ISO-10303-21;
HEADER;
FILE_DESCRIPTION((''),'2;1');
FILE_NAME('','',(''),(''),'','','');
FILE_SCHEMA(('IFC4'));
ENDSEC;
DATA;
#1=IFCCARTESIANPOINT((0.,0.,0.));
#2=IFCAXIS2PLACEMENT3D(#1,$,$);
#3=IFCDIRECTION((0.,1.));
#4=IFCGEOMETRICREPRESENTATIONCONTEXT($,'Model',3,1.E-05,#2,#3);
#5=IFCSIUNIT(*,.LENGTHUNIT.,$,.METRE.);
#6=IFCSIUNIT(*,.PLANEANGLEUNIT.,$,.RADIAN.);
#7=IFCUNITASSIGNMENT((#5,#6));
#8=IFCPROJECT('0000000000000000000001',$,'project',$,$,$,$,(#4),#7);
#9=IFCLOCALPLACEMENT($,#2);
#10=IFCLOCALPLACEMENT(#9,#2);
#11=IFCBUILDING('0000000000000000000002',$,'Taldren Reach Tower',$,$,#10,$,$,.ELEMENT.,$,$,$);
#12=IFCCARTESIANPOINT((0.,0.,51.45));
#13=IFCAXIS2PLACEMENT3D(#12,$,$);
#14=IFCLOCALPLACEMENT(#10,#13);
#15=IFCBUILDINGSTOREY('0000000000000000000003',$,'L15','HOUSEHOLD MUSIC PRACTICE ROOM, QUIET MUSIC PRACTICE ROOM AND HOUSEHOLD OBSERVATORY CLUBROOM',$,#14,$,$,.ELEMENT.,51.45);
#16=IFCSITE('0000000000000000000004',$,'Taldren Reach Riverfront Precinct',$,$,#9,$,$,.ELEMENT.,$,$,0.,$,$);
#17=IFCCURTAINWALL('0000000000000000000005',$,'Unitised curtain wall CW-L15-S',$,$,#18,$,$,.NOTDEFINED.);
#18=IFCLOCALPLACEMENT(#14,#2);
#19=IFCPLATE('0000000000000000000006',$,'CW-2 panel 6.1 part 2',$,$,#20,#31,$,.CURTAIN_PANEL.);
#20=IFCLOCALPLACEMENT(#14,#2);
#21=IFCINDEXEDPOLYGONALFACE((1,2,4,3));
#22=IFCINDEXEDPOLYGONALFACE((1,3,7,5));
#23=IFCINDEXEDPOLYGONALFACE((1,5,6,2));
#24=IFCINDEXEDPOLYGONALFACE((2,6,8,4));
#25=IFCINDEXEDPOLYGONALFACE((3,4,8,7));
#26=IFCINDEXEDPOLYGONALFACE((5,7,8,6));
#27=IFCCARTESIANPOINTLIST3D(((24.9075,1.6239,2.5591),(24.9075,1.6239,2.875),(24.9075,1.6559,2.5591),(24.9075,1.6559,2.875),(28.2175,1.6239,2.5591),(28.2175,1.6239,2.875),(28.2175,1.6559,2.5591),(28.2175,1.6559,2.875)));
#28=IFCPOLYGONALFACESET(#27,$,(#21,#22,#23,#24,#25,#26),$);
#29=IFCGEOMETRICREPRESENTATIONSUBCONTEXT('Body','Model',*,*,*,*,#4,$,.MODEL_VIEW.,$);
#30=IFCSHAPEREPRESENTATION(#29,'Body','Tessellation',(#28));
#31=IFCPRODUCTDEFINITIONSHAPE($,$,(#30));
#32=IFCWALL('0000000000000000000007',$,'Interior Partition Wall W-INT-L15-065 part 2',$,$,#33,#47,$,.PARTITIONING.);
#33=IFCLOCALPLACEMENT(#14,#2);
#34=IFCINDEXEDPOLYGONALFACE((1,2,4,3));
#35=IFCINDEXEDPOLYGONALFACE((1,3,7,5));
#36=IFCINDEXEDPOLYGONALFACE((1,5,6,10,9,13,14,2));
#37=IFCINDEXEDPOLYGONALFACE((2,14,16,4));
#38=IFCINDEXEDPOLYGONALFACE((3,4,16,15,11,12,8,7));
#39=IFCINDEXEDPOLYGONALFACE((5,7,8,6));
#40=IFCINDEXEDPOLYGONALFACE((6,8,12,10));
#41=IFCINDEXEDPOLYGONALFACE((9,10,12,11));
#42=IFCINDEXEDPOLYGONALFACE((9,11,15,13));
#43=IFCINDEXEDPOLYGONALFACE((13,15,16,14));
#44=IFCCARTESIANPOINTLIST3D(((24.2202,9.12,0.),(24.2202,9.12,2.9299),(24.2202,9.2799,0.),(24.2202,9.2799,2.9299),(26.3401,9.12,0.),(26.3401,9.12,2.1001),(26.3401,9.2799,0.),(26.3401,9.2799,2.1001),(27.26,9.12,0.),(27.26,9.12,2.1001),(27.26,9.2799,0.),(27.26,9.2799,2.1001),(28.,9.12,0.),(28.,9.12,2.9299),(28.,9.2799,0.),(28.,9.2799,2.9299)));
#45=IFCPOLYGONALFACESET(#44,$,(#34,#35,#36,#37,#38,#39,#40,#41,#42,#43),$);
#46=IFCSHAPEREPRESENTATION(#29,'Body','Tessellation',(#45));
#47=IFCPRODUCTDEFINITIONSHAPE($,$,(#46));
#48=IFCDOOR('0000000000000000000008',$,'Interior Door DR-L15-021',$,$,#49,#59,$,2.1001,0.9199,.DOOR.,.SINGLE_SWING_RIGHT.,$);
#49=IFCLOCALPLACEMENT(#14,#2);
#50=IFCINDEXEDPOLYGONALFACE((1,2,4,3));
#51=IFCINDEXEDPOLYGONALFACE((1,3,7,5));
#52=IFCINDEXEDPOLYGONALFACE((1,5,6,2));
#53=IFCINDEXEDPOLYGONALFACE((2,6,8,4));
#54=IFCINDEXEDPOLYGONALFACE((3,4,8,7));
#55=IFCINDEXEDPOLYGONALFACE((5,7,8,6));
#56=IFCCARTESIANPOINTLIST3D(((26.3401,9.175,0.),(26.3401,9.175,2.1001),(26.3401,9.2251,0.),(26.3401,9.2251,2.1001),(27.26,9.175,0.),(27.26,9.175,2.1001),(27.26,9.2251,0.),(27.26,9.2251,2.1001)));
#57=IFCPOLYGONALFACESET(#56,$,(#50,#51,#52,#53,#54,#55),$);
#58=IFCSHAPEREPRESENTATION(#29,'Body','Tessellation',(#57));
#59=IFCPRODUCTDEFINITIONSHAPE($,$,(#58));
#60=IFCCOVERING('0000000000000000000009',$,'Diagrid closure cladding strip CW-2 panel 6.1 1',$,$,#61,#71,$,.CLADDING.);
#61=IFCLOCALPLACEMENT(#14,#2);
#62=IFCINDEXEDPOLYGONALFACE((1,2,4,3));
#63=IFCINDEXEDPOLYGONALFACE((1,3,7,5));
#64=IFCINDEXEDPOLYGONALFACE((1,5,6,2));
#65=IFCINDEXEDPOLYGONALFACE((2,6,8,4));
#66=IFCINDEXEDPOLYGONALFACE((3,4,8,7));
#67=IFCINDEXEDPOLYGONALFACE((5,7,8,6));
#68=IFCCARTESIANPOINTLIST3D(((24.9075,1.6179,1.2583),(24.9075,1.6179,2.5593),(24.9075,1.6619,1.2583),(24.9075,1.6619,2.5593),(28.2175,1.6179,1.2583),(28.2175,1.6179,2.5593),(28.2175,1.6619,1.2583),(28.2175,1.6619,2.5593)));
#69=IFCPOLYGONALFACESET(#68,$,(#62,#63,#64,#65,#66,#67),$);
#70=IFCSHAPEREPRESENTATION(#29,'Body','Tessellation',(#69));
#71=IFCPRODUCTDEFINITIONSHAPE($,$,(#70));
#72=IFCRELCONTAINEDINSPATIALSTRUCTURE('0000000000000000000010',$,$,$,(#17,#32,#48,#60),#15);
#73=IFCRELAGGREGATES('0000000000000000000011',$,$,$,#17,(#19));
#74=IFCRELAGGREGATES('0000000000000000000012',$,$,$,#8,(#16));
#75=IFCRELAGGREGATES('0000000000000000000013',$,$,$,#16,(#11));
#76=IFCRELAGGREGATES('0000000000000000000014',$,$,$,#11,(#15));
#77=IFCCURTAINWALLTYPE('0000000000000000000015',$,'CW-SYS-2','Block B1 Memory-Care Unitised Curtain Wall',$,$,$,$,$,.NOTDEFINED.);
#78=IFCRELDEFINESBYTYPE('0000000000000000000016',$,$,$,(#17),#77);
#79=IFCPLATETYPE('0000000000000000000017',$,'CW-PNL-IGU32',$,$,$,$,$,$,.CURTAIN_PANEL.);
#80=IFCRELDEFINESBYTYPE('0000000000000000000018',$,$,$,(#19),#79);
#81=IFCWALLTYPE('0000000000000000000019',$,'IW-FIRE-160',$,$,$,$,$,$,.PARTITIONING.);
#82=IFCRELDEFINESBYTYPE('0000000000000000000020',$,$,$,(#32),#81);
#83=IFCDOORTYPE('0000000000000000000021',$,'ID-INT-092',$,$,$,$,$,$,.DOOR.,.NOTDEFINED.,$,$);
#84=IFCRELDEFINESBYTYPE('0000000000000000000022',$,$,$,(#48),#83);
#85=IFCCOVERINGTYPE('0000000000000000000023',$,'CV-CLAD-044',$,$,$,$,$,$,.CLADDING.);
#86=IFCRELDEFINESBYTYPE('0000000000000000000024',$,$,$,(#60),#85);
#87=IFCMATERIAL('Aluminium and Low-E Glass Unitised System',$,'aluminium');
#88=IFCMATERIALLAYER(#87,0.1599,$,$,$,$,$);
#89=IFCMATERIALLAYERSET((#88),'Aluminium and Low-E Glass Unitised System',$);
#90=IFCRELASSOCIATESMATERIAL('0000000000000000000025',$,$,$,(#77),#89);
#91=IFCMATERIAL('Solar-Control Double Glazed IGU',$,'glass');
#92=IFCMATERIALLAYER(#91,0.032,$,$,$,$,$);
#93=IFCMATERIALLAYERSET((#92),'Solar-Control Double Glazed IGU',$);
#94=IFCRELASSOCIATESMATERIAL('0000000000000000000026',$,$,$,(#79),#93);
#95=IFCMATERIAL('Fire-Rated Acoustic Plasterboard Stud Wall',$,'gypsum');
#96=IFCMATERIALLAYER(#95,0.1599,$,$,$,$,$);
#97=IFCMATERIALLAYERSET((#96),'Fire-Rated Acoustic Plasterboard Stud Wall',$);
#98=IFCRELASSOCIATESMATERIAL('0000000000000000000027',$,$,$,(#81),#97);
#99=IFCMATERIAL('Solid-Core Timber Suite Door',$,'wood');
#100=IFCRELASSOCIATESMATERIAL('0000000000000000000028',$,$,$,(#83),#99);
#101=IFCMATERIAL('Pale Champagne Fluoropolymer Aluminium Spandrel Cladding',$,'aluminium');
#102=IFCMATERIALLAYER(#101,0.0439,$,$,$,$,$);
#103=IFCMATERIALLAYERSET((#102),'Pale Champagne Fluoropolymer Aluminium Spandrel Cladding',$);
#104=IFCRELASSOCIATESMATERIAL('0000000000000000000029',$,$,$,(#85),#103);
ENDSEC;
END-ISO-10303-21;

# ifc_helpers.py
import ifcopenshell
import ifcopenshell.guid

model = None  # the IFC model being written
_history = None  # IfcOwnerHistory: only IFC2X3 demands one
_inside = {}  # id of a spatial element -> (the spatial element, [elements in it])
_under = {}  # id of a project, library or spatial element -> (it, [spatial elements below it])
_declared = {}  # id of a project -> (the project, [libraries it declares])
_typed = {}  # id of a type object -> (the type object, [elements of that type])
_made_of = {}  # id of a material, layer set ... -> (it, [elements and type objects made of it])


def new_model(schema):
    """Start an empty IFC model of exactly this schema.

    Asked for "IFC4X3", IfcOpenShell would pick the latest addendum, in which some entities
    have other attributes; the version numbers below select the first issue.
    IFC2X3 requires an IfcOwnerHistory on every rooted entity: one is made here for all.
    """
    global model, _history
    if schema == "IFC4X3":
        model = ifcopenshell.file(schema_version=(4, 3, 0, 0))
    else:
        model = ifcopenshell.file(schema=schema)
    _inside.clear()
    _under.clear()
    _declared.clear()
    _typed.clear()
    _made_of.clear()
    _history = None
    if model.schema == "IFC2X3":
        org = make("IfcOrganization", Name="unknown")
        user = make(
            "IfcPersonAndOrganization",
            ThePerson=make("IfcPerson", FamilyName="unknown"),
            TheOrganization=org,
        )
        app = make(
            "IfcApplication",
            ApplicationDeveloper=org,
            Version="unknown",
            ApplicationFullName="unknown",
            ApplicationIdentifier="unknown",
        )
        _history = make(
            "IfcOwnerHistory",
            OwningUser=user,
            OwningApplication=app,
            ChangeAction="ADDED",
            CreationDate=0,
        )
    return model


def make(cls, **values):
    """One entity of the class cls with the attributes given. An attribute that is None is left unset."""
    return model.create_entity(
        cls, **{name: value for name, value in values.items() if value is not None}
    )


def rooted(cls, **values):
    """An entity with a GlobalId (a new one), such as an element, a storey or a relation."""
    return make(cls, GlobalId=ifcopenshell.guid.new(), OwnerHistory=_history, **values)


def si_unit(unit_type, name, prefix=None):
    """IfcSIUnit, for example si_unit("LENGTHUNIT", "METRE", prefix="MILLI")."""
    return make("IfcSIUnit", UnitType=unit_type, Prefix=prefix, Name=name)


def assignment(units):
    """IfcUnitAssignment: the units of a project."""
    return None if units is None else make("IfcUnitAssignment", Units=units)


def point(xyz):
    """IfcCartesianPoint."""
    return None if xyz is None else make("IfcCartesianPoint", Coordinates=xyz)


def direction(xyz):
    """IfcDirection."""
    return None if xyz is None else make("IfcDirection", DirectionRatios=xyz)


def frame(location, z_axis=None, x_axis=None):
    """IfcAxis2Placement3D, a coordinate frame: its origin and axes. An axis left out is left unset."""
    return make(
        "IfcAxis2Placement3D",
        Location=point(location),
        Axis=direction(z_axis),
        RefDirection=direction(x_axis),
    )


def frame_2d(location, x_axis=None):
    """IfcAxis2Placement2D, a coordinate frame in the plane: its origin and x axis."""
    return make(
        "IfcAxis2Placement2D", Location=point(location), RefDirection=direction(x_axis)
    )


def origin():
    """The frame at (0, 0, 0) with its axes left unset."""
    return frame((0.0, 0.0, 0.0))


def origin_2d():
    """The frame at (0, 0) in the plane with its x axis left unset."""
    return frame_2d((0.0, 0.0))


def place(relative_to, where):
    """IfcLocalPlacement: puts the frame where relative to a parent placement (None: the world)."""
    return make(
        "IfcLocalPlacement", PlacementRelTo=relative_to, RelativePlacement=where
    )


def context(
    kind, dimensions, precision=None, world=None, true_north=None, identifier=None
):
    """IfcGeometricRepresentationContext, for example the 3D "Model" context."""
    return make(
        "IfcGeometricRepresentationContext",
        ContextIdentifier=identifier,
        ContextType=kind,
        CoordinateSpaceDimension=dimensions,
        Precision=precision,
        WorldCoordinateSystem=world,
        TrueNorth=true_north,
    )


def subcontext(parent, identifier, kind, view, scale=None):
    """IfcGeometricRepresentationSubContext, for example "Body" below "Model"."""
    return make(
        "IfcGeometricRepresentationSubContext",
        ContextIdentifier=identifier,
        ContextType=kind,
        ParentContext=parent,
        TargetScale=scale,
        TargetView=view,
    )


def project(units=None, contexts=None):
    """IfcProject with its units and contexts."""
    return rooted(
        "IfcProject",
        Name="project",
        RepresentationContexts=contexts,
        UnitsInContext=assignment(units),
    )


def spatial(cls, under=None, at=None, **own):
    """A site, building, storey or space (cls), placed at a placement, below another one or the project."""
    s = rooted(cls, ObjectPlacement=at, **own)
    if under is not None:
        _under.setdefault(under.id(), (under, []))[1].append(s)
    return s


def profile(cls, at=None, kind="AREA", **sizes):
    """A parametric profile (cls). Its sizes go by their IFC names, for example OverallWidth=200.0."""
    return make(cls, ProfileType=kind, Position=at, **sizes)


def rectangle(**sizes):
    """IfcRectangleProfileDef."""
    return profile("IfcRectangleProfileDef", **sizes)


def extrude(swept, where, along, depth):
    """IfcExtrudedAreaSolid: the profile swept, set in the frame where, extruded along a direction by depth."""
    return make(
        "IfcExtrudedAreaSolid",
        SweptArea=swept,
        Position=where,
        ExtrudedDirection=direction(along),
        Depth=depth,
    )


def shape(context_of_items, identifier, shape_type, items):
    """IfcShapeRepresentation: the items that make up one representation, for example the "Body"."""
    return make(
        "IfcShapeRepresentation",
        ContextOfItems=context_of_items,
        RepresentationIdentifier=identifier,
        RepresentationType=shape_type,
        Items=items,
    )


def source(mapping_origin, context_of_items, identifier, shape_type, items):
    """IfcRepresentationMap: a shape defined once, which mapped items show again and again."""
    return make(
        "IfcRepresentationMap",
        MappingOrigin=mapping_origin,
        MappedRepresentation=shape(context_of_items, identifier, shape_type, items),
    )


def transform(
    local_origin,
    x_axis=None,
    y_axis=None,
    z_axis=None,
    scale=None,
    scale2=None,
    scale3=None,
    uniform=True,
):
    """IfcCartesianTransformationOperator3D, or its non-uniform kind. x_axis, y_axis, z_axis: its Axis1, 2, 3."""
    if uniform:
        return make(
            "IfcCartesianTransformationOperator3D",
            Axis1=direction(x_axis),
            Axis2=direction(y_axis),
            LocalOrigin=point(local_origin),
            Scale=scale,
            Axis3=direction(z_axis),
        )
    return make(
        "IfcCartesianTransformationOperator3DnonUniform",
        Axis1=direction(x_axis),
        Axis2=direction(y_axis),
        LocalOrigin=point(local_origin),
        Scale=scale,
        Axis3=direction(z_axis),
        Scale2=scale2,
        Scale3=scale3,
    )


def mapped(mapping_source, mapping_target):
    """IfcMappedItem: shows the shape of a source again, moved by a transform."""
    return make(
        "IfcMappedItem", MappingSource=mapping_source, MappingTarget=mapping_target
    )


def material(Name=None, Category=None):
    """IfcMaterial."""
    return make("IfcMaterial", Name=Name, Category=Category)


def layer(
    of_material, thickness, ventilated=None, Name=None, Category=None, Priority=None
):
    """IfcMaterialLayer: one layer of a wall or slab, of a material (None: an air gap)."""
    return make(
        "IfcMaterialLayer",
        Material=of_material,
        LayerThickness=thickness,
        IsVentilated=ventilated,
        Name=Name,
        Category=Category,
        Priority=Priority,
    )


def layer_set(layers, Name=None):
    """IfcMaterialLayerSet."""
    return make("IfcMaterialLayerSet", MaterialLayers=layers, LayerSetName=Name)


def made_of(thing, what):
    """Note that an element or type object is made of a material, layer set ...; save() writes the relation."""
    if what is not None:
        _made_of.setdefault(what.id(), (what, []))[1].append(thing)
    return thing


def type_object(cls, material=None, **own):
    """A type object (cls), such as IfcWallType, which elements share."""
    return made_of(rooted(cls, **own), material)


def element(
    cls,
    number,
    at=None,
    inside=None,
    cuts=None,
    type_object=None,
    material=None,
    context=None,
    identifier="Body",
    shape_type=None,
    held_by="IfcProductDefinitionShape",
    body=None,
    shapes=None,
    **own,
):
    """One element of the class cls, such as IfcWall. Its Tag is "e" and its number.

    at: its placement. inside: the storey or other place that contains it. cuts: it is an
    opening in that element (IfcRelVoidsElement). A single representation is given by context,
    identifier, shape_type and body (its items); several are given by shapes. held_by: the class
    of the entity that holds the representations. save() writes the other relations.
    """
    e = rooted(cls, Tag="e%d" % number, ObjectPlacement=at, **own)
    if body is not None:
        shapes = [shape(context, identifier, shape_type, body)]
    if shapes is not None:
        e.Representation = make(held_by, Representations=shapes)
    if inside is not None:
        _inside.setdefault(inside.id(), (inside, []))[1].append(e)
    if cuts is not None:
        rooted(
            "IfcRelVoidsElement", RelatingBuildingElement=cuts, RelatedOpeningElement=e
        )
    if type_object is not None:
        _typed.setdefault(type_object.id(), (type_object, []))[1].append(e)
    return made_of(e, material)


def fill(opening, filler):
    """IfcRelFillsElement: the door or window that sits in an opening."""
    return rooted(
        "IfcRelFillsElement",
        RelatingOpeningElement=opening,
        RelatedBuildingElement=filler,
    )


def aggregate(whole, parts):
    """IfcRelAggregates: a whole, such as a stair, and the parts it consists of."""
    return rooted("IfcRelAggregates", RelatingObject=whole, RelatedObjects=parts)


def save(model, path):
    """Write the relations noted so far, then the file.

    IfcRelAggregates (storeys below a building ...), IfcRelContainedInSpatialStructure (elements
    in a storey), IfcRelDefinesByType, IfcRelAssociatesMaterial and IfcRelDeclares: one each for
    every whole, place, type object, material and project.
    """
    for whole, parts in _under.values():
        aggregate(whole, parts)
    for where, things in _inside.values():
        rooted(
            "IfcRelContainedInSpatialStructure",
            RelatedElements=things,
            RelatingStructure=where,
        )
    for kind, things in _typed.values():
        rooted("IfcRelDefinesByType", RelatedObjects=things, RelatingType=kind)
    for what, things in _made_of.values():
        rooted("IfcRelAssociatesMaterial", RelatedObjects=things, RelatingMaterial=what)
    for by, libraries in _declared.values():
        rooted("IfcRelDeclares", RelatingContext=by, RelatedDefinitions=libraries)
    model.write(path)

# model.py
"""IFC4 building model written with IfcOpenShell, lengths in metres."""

from ifc_helpers import new_model, si_unit, direction, frame, frame_2d, origin, origin_2d, place, context, subcontext, project, spatial, rectangle, extrude, source, transform, mapped, material, layer, layer_set, type_object, element, fill, aggregate, save


model = new_model("IFC4")

# Units and contexts
model_context = context("Model", 3, precision=1e-05, world=origin(), true_north=direction((0.0, 1.0)))
body_context = subcontext(model_context, "Body", "Model", "MODEL_VIEW")
ifc_project = project(units=[si_unit("LENGTHUNIT", "METRE"), si_unit("PLANEANGLEUNIT", "RADIAN")], contexts=[model_context])

# Site, building, storey
site_placement = place(None, origin())
site = spatial("IfcSite", under=ifc_project, at=site_placement, Name="Taldren Reach Riverfront Precinct", CompositionType="ELEMENT", RefElevation=0.0)
building_placement = place(site_placement, origin())
building = spatial("IfcBuilding", under=site, at=building_placement, Name="Taldren Reach Tower", CompositionType="ELEMENT")
storey_placement = place(building_placement, frame((0.0, 0.0, 51.45)))
storey = spatial("IfcBuildingStorey", under=building, at=storey_placement, Name="L15", Description="HOUSEHOLD MUSIC PRACTICE ROOM, QUIET MUSIC PRACTICE ROOM AND HOUSEHOLD OBSERVATORY CLUBROOM", CompositionType="ELEMENT", Elevation=51.45)

# Curtain wall
ifc_material_1 = material(Name="Aluminium and Low-E Glass Unitised System", Category="aluminium")
ifc_layer_1 = layer(ifc_material_1, 0.1599)
ifc_layer_set_1 = layer_set([ifc_layer_1], Name="Aluminium and Low-E Glass Unitised System")
curtain_wall_type = type_object("IfcCurtainWallType", Name="CW-SYS-2", Description="Block B1 Memory-Care Unitised Curtain Wall", PredefinedType="NOTDEFINED", material=ifc_layer_set_1)
curtain_wall_placement = place(storey_placement, origin())
curtain_wall = element("IfcCurtainWall", 1, at=curtain_wall_placement, inside=storey, type_object=curtain_wall_type, Name="Unitised curtain wall CW-L15-S", PredefinedType="NOTDEFINED")

# Plate
ifc_material_2 = material(Name="Solar-Control Double Glazed IGU", Category="glass")
ifc_layer_2 = layer(ifc_material_2, 0.032)
ifc_layer_set_2 = layer_set([ifc_layer_2], Name="Solar-Control Double Glazed IGU")
plate_type_1 = type_object("IfcPlateType", Name="CW-PNL-IGU32", PredefinedType="CURTAIN_PANEL", material=ifc_layer_set_2)
shared_shape_1 = source(origin(), body_context, "Body", "SweptSolid", [
    extrude(rectangle(XDim=3.3101, YDim=0.032, at=origin_2d()), origin(), (0.0, 0.0, 1.0), 0.3159),
])
plate_1_placement = place(storey_placement, frame((26.5625, 1.6399, 2.5591), z_axis=(0.0, 0.0, 1.0), x_axis=(1.0, 0.0, 0.0)))
plate_1 = element("IfcPlate", 2, at=plate_1_placement, type_object=plate_type_1, Name="CW-2 panel 6.1 part 2", PredefinedType="CURTAIN_PANEL", context=body_context, shape_type="MappedRepresentation", body=[
    mapped(shared_shape_1, transform((0.0, 0.0, 0.0), scale=1.0)),
])
aggregate(curtain_wall, [plate_1])

# Wall, opening, door
ifc_material_3 = material(Name="Fire-Rated Acoustic Plasterboard Stud Wall", Category="gypsum")
ifc_layer_3 = layer(ifc_material_3, 0.1599)
ifc_layer_set_3 = layer_set([ifc_layer_3], Name="Fire-Rated Acoustic Plasterboard Stud Wall")
wall_type = type_object("IfcWallType", Name="IW-FIRE-160", PredefinedType="PARTITIONING", material=ifc_layer_set_3)
shared_shape_2 = source(origin(), body_context, "Body", "SweptSolid", [
    extrude(rectangle(XDim=3.7798, YDim=0.1599, at=frame_2d((1.8899, 0.0))), origin(), (0.0, 0.0, 1.0), 2.9299),
])
wall_placement = place(storey_placement, frame((28.0, 9.2, 0.0), z_axis=(0.0, 0.0, 1.0), x_axis=(-1.0, 0.0, 0.0)))
wall = element("IfcWall", 3, at=wall_placement, inside=storey, type_object=wall_type, Name="Interior Partition Wall W-INT-L15-065 part 2", PredefinedType="PARTITIONING", context=body_context, shape_type="MappedRepresentation", body=[
    mapped(shared_shape_2, transform((0.0, 0.0, 0.0), scale=1.0)),
])
shared_shape_3 = source(origin(), body_context, "Body", "SweptSolid", [
    extrude(rectangle(XDim=0.9199, YDim=2.1001, at=frame_2d((0.46, 1.05))), frame((0.0, 0.0898, 0.0), z_axis=(0.0, -1.0, 0.0), x_axis=(1.0, 0.0, 0.0)), (0.0, 0.0, 1.0), 0.1799),
])
opening_placement = place(wall_placement, frame((0.74, 0.0, 0.0)))
opening = element("IfcOpeningElement", 4, at=opening_placement, cuts=wall, PredefinedType="OPENING", context=body_context, shape_type="MappedRepresentation", body=[
    mapped(shared_shape_3, transform((0.0, 0.0, 0.0), scale=1.0)),
])
ifc_material_4 = material(Name="Solid-Core Timber Suite Door", Category="wood")
door_type = type_object("IfcDoorType", Name="ID-INT-092", OperationType="NOTDEFINED", PredefinedType="DOOR", material=ifc_material_4)
shared_shape_4 = source(origin(), body_context, "Body", "SweptSolid", [
    extrude(rectangle(XDim=0.9199, YDim=2.1001, at=frame_2d((0.46, 1.05))), frame((0.0, 0.0249, 0.0), z_axis=(0.0, -1.0, 0.0), x_axis=(1.0, 0.0, 0.0)), (0.0, 0.0, 1.0), 0.05),
])
door_placement = place(opening_placement, origin())
door = element("IfcDoor", 5, at=door_placement, inside=storey, type_object=door_type, Name="Interior Door DR-L15-021", OperationType="SINGLE_SWING_RIGHT", OverallHeight=2.1001, OverallWidth=0.9199, PredefinedType="DOOR", context=body_context, shape_type="MappedRepresentation", body=[
    mapped(shared_shape_4, transform((0.0, 0.0, 0.0), scale=1.0)),
])
fill(opening, door)

# Covering
ifc_material_5 = material(Name="Pale Champagne Fluoropolymer Aluminium Spandrel Cladding", Category="aluminium")
ifc_layer_4 = layer(ifc_material_5, 0.0439)
ifc_layer_set_4 = layer_set([ifc_layer_4], Name="Pale Champagne Fluoropolymer Aluminium Spandrel Cladding")
covering_type = type_object("IfcCoveringType", Name="CV-CLAD-044", PredefinedType="CLADDING", material=ifc_layer_set_4)
shared_shape_5 = source(origin(), body_context, "Body", "SweptSolid", [
    extrude(rectangle(XDim=3.3101, YDim=0.0439, at=origin_2d()), origin(), (0.0, 0.0, 1.0), 1.301),
])
covering_placement = place(storey_placement, frame((26.5625, 1.6399, 1.2583), z_axis=(0.0, 0.0, 1.0), x_axis=(1.0, 0.0, 0.0)))
element("IfcCovering", 6, at=covering_placement, inside=storey, type_object=covering_type, Name="Diagrid closure cladding strip CW-2 panel 6.1 1", PredefinedType="CLADDING", context=body_context, shape_type="MappedRepresentation", body=[
    mapped(shared_shape_5, transform((0.0, 0.0, 0.0), scale=1.0)),
])

save(model, "model.ifc")
